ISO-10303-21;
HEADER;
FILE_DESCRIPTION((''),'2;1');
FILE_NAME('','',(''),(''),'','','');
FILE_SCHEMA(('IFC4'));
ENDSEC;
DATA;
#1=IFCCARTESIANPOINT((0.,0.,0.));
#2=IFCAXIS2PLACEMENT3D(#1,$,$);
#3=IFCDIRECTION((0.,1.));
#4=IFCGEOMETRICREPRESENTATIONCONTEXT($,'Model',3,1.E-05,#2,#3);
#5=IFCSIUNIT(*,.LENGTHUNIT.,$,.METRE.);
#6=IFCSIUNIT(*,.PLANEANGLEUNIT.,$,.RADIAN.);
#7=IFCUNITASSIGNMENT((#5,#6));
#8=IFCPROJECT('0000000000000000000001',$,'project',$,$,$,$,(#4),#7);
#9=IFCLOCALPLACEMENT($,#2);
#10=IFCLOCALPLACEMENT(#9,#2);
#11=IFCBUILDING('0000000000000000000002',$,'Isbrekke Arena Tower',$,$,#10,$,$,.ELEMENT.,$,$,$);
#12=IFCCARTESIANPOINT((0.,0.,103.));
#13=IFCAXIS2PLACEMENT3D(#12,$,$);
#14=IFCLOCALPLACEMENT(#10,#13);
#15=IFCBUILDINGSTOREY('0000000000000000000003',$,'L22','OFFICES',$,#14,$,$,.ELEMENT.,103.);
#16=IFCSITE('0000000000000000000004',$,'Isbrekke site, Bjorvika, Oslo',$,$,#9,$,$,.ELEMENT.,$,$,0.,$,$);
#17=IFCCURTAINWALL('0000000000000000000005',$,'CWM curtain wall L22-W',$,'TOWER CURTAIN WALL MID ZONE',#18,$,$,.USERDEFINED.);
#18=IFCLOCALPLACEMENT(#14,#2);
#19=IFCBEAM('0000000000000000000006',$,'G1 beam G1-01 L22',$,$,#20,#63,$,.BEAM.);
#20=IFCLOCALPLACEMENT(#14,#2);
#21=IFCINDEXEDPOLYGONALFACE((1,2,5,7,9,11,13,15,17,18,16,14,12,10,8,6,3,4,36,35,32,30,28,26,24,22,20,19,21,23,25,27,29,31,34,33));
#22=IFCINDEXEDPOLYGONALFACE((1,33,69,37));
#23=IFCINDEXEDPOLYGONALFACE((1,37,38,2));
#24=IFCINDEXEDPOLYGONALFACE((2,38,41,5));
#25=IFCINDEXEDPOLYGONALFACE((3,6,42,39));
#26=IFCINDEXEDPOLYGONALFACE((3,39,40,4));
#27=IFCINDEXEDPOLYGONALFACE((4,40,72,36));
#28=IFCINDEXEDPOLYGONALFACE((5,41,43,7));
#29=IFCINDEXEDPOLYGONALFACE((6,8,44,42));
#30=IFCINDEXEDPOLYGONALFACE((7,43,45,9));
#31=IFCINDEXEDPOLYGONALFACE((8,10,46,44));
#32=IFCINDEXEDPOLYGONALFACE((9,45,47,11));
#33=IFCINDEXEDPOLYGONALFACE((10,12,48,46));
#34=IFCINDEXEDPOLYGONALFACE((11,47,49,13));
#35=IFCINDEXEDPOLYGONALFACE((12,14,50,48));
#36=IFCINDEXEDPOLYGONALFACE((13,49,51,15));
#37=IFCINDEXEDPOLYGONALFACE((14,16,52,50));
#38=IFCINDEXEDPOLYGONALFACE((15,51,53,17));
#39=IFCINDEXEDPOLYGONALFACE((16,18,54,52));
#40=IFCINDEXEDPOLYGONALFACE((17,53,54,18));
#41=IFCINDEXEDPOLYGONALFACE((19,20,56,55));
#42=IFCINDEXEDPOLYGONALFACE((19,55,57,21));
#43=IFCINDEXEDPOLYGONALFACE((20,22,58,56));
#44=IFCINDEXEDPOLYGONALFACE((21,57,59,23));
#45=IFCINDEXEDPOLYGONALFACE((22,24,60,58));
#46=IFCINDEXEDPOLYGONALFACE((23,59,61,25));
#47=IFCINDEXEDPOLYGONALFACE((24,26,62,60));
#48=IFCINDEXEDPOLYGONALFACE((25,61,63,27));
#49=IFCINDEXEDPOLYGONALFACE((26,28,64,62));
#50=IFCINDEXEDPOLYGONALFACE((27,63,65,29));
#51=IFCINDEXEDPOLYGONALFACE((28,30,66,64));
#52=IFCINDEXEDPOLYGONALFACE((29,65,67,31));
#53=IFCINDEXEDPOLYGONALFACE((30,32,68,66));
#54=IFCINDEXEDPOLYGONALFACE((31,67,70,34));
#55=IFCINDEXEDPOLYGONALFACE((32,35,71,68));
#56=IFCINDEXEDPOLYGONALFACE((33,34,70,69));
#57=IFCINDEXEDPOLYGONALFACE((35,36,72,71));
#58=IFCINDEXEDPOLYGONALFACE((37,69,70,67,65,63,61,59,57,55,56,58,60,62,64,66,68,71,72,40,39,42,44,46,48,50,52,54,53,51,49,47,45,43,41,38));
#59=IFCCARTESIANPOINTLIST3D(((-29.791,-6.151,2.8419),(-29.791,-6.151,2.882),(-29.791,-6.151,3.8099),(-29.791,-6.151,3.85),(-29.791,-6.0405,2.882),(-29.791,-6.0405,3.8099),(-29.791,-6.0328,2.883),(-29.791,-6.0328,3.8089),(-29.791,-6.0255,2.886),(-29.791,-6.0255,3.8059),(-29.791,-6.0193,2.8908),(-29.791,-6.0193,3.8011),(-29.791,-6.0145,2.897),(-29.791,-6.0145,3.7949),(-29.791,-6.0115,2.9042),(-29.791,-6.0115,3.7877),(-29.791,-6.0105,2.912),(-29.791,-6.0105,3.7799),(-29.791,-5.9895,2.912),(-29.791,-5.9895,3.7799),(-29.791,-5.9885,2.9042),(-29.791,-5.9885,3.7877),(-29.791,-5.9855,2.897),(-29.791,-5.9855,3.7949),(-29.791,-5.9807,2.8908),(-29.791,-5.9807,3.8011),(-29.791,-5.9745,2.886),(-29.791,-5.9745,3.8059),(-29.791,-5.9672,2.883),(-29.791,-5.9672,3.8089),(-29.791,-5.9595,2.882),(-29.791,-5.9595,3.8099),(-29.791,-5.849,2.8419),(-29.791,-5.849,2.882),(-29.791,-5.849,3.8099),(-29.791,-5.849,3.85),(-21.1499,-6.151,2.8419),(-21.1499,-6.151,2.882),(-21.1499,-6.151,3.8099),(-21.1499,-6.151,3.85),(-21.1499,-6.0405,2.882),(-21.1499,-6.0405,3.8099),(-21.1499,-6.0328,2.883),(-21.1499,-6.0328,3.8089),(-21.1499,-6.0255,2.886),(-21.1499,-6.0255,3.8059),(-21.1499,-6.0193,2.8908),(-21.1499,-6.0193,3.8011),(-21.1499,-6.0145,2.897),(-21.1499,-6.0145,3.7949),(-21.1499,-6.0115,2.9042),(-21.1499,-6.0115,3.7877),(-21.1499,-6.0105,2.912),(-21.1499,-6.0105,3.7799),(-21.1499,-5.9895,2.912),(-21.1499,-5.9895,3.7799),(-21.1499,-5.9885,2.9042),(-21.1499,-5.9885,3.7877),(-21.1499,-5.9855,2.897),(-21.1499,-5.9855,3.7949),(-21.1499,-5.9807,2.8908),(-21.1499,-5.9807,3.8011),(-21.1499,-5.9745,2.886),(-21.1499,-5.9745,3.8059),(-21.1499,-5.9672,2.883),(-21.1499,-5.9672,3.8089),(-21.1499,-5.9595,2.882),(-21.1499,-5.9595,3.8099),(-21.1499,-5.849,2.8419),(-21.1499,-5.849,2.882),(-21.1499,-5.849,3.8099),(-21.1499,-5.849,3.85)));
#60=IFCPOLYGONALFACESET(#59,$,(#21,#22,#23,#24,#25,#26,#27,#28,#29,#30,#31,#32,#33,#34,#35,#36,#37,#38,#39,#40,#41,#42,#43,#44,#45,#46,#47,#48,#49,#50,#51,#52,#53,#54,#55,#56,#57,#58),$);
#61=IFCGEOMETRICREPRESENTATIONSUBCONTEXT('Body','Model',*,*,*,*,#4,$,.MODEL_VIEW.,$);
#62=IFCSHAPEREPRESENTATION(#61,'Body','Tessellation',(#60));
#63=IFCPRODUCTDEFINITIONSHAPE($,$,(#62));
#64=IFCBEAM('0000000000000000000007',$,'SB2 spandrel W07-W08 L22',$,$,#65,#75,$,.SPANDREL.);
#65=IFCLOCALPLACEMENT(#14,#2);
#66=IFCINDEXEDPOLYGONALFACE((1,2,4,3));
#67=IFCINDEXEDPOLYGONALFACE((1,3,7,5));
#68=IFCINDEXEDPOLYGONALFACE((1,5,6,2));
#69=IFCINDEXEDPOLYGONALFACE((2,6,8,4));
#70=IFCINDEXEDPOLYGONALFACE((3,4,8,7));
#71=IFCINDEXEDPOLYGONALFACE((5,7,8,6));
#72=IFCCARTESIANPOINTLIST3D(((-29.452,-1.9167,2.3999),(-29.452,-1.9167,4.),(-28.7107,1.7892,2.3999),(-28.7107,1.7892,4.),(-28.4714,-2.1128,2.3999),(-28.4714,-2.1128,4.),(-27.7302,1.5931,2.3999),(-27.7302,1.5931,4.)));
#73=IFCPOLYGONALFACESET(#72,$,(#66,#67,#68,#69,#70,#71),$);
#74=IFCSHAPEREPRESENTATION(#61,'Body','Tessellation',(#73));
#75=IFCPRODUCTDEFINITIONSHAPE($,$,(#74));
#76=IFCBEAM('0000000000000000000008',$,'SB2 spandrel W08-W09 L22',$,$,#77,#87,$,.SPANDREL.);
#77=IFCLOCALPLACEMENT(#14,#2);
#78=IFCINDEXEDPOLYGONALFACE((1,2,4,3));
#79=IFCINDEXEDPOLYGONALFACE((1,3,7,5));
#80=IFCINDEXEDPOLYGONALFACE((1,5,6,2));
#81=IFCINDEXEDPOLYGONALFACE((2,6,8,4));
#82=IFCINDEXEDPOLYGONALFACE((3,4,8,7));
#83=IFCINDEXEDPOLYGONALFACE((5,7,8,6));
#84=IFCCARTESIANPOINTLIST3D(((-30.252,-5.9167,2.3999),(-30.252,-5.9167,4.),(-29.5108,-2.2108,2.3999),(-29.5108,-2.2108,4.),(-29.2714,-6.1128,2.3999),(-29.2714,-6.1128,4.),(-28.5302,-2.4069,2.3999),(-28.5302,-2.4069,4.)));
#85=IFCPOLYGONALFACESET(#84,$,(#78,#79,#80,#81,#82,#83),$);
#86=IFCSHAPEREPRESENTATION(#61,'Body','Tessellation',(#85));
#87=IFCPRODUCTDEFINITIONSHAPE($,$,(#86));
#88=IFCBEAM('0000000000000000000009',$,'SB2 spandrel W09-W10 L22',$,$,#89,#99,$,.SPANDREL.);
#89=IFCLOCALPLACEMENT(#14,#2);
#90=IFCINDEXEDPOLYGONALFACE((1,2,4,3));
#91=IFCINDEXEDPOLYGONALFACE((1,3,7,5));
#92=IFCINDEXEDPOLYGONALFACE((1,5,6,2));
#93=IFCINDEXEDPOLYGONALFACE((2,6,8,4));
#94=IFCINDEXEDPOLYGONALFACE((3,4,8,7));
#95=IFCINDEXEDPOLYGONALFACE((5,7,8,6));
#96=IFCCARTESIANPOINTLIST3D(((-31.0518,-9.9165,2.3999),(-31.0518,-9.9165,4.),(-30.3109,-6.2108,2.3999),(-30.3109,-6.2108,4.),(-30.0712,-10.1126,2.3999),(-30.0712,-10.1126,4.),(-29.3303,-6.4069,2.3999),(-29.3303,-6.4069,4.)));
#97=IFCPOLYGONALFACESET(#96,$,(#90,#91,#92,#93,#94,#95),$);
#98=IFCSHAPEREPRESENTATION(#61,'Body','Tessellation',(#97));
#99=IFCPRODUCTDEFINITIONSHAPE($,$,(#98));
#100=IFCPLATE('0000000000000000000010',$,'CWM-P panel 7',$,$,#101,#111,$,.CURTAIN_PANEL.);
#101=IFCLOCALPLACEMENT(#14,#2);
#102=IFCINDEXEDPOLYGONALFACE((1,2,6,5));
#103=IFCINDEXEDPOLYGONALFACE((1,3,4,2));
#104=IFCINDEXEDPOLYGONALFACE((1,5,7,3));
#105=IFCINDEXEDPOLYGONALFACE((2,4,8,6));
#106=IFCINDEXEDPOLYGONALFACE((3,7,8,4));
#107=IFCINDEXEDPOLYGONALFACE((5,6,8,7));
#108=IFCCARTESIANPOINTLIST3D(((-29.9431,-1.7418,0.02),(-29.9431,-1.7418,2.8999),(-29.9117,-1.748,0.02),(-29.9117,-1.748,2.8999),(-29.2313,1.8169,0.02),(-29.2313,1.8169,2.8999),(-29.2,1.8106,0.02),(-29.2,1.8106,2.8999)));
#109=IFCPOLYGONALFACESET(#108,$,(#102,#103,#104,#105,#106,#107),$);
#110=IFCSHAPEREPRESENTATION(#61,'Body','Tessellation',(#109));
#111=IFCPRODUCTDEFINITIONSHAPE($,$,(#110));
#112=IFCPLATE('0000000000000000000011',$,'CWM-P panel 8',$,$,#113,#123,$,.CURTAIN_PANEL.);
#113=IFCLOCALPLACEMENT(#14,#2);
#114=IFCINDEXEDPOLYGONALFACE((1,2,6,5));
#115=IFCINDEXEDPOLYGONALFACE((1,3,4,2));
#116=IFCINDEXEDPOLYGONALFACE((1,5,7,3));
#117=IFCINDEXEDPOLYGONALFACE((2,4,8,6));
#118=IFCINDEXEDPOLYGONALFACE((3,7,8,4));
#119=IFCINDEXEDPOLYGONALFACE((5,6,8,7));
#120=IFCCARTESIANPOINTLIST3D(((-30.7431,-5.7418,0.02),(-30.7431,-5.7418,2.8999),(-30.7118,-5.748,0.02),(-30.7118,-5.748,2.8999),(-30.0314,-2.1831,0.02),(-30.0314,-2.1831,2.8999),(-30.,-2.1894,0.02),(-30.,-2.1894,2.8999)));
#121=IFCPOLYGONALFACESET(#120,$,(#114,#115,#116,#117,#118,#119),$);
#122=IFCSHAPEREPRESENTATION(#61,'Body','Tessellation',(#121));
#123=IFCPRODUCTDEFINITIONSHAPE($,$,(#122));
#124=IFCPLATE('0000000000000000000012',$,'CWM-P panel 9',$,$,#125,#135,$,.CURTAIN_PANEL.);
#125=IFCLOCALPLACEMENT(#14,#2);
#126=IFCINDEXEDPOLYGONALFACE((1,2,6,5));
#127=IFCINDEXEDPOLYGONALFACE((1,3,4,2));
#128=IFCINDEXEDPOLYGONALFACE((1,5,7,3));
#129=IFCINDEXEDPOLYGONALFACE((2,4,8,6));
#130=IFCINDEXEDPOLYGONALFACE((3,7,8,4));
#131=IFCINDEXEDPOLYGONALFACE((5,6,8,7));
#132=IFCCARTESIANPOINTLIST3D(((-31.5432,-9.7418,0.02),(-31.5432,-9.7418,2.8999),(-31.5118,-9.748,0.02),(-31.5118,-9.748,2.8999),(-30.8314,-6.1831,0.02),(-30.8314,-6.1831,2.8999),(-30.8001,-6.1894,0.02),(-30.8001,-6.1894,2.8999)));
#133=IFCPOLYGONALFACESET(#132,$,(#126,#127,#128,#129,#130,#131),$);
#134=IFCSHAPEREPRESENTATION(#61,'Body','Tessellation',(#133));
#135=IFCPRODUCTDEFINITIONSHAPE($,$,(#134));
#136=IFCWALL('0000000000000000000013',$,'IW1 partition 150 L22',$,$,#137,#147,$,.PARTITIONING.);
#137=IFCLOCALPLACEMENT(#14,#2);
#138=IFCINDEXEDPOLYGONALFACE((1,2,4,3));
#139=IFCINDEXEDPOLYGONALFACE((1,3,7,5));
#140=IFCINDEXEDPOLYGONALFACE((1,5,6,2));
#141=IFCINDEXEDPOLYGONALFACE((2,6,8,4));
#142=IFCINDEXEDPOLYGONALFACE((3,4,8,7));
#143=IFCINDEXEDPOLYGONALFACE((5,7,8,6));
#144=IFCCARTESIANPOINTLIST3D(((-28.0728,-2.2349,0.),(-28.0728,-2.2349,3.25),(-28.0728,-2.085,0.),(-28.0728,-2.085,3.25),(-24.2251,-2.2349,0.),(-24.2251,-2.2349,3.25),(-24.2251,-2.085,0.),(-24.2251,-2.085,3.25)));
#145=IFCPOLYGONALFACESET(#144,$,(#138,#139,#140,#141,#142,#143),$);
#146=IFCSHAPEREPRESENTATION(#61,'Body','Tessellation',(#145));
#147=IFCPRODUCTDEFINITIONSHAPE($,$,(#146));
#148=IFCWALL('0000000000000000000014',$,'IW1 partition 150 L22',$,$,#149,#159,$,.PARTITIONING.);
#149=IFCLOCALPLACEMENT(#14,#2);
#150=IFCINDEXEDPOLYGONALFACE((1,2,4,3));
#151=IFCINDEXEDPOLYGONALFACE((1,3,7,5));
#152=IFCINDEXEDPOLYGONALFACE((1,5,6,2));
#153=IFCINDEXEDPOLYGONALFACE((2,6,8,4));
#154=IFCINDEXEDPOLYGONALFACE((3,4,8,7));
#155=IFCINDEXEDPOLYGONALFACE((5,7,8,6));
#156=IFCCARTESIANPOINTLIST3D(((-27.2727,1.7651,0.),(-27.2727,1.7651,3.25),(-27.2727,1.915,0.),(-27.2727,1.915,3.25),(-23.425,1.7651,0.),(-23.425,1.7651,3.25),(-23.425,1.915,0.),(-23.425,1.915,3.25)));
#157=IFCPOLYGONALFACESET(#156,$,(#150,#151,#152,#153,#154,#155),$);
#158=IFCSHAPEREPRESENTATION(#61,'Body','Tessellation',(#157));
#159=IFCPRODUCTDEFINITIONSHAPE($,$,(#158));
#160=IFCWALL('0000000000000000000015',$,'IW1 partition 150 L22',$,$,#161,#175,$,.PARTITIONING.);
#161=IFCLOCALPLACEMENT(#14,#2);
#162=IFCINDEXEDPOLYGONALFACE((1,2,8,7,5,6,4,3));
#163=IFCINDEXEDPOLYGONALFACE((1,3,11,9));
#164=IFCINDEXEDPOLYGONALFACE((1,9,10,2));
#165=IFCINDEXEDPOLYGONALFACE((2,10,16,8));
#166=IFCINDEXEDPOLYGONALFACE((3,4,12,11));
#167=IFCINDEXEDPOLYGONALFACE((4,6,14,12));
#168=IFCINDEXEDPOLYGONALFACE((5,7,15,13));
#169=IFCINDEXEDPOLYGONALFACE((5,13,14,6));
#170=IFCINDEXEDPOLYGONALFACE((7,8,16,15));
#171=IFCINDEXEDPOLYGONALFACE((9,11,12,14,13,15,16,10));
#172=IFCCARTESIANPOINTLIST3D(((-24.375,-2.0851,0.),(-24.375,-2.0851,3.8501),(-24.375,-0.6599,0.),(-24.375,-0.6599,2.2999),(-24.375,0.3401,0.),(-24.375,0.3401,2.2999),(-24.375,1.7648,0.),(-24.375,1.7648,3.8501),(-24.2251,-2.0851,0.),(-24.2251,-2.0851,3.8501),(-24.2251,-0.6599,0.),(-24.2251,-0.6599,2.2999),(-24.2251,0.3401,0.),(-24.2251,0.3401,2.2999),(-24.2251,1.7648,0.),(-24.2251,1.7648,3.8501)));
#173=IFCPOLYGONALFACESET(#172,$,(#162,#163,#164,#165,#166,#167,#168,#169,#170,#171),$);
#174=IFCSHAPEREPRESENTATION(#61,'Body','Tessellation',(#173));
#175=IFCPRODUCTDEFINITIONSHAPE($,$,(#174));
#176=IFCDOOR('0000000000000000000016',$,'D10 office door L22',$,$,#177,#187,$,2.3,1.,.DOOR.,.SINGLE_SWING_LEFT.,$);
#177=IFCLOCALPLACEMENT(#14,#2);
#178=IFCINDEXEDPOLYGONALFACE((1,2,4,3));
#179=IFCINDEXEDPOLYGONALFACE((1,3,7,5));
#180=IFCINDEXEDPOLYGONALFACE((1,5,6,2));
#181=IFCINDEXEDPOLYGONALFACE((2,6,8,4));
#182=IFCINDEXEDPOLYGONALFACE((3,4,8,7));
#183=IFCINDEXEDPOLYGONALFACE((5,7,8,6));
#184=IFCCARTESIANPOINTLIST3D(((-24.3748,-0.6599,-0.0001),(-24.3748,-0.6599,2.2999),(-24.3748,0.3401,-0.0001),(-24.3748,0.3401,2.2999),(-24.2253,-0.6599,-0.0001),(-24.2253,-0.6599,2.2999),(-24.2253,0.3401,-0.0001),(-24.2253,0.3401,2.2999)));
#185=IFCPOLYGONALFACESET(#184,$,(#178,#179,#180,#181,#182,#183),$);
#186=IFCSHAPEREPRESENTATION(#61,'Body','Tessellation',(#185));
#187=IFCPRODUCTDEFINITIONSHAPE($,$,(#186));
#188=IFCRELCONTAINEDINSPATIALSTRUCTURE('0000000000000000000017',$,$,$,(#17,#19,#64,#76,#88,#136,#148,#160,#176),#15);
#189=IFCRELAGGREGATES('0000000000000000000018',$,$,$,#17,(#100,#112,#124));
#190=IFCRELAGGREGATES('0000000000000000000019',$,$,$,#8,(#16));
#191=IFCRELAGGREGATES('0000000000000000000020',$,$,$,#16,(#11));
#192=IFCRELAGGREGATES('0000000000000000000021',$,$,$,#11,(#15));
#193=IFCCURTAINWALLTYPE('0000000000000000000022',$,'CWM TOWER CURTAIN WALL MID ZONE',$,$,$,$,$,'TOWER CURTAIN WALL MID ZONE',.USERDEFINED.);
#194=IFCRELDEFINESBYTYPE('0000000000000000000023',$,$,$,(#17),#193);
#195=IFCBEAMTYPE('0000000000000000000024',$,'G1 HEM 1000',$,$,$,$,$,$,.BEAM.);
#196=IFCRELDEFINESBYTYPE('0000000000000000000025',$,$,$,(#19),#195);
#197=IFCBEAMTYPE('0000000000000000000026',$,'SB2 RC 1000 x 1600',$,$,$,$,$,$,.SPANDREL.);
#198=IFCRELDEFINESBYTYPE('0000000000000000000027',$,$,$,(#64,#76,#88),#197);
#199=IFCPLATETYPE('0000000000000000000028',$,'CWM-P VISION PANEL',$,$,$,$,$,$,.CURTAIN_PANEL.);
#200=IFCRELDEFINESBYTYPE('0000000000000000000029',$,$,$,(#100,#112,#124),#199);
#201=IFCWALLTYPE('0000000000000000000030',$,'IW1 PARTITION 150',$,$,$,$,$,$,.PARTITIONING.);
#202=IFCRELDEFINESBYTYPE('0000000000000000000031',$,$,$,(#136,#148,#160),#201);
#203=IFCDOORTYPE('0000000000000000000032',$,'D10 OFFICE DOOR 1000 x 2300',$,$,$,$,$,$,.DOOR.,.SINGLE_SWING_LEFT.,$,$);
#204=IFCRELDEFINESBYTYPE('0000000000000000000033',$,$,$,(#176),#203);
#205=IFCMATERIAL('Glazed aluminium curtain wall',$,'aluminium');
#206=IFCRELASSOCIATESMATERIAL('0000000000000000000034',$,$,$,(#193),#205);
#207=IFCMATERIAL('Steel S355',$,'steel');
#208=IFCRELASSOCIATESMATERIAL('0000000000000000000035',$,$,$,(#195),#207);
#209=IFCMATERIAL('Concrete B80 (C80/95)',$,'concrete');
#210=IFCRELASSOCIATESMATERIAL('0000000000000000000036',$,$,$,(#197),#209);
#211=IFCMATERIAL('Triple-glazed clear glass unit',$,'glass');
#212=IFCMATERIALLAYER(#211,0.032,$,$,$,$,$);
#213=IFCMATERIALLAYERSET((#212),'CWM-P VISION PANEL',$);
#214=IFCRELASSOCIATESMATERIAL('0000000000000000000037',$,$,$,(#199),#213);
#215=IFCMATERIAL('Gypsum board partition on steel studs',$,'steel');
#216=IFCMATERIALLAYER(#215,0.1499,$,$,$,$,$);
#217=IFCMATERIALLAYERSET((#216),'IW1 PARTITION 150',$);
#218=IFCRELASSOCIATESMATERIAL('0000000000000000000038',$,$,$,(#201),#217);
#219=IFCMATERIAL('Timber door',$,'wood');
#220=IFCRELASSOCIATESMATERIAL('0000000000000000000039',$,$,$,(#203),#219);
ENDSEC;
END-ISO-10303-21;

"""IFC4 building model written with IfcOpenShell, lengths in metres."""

from ifc_helpers import new_model, si_unit, direction, frame, frame_2d, origin, origin_2d, place, context, subcontext, project, spatial, rectangle, i_section, extrude, material, layer, layer_set, material_profile, profile_set, type_object, element, fill, aggregate, save


model = new_model("IFC4")

# Units and contexts
model_context = context("Model", 3, precision=1e-05, world=origin(), true_north=direction((0.0, 1.0)))
body_context = subcontext(model_context, "Body", "Model", "MODEL_VIEW")
ifc_project = project(units=[si_unit("LENGTHUNIT", "METRE"), si_unit("PLANEANGLEUNIT", "RADIAN")], contexts=[model_context])

# Site, building, storey
site_placement = place(None, origin())
site = spatial("IfcSite", under=ifc_project, at=site_placement, Name="Isbrekke site, Bjorvika, Oslo", CompositionType="ELEMENT", RefElevation=0.0)
building_placement = place(site_placement, origin())
building = spatial("IfcBuilding", under=site, at=building_placement, Name="Isbrekke Arena Tower", CompositionType="ELEMENT")
storey_placement = place(building_placement, frame((0.0, 0.0, 103.0)))
storey = spatial("IfcBuildingStorey", under=building, at=storey_placement, Name="L22", Description="OFFICES", CompositionType="ELEMENT", Elevation=103.0)

# Curtain wall
ifc_material_1 = material(Name="Glazed aluminium curtain wall", Category="aluminium")
curtain_wall_type = type_object("IfcCurtainWallType", Name="CWM TOWER CURTAIN WALL MID ZONE", ElementType="TOWER CURTAIN WALL MID ZONE", PredefinedType="USERDEFINED", material=ifc_material_1)
curtain_wall_placement = place(storey_placement, origin())
curtain_wall = element("IfcCurtainWall", 1, at=curtain_wall_placement, inside=storey, type_object=curtain_wall_type, Name="CWM curtain wall L22-W", ObjectType="TOWER CURTAIN WALL MID ZONE", PredefinedType="USERDEFINED")

# Beams
ifc_material_2 = material(Name="Steel S355", Category="steel")
ifc_material_profile_1 = material_profile(ifc_material_2, i_section(OverallWidth=0.302, OverallDepth=1.0081, WebThickness=0.021, FlangeThickness=0.04, FilletRadius=0.03, at=origin_2d()), Name="HEM 1000")
ifc_profile_set_1 = profile_set([ifc_material_profile_1], Name="Steel S355")
beam_type_1 = type_object("IfcBeamType", Name="G1 HEM 1000", PredefinedType="BEAM", material=ifc_profile_set_1)
beam_1_placement = place(storey_placement, frame((-29.791, -6.0, 3.3459), z_axis=(1.0, 0.0, 0.0), x_axis=(0.0, 1.0, 0.0)))
element("IfcBeam", 2, at=beam_1_placement, inside=storey, type_object=beam_type_1, Name="G1 beam G1-01 L22", PredefinedType="BEAM", context=body_context, shape_type="SweptSolid", body=[
    extrude(i_section(OverallWidth=0.302, OverallDepth=1.0081, WebThickness=0.021, FlangeThickness=0.04, FilletRadius=0.03, at=origin_2d()), origin(), (0.0, 0.0, 1.0), 8.6411),
])
ifc_material_3 = material(Name="Concrete B80 (C80/95)", Category="concrete")
ifc_material_profile_2 = material_profile(ifc_material_3, rectangle(XDim=1.0, YDim=1.6001, at=origin_2d()), Name="RC 1000x1600")
ifc_profile_set_2 = profile_set([ifc_material_profile_2], Name="Concrete B80 (C80/95)")
beam_type_2 = type_object("IfcBeamType", Name="SB2 RC 1000 x 1600", PredefinedType="SPANDREL", material=ifc_profile_set_2)
for number, where, z_axis, x_axis, name in (
    (3, (-28.2205, 1.6912, 3.2), (-0.196129, -0.980578, 0.0), (0.980578, -0.196129, 0.0), "SB2 spandrel W07-W08 L22"),
    (4, (-29.0205, -2.3088, 3.2), (-0.196129, -0.980578, 0.0), (0.980578, -0.196129, 0.0), "SB2 spandrel W08-W09 L22"),
):
    element("IfcBeam", number, at=place(storey_placement, frame(where, z_axis=z_axis, x_axis=x_axis)), inside=storey, type_object=beam_type_2, Name=name, PredefinedType="SPANDREL", context=body_context, shape_type="SweptSolid", body=[
        extrude(rectangle(XDim=1.0, YDim=1.6001, at=origin_2d()), origin(), (0.0, 0.0, 1.0), 3.7793),
    ])
beam_2_placement = place(storey_placement, frame((-29.8206, -6.3088, 3.2), z_axis=(-0.196066, -0.980591, 0.0), x_axis=(0.980591, -0.196066, 0.0)))
element("IfcBeam", 5, at=beam_2_placement, inside=storey, type_object=beam_type_2, Name="SB2 spandrel W09-W10 L22", PredefinedType="SPANDREL", context=body_context, shape_type="SweptSolid", body=[
    extrude(rectangle(XDim=1.0, YDim=1.6001, at=origin_2d()), origin(), (0.0, 0.0, 1.0), 3.7791),
])

# Plates
ifc_material_4 = material(Name="Triple-glazed clear glass unit", Category="glass")
ifc_layer_1 = layer(ifc_material_4, 0.032)
ifc_layer_set_1 = layer_set([ifc_layer_1], Name="CWM-P VISION PANEL")
plate_type = type_object("IfcPlateType", Name="CWM-P VISION PANEL", PredefinedType="CURTAIN_PANEL", material=ifc_layer_set_1)
plate_1_placement = place(storey_placement, frame((-29.5715, 0.0344, 0.02), z_axis=(0.0, 0.0, 1.0), x_axis=(-0.196116, -0.980581, 0.0)))
plate_1 = element("IfcPlate", 6, at=plate_1_placement, type_object=plate_type, Name="CWM-P panel 7", PredefinedType="CURTAIN_PANEL", context=body_context, shape_type="SweptSolid", body=[
    extrude(rectangle(XDim=3.6292, YDim=0.032, at=origin_2d()), origin(), (0.0, 0.0, 1.0), 2.8799),
])
plate_2_placement = place(storey_placement, frame((-30.3716, -3.9656, 0.02), z_axis=(0.0, 0.0, 1.0), x_axis=(-0.196116, -0.980581, 0.0)))
plate_2 = element("IfcPlate", 7, at=plate_2_placement, type_object=plate_type, Name="CWM-P panel 8", PredefinedType="CURTAIN_PANEL", context=body_context, shape_type="SweptSolid", body=[
    extrude(rectangle(XDim=3.6292, YDim=0.032, at=origin_2d()), origin(), (0.0, 0.0, 1.0), 2.8799),
])
plate_3_placement = place(storey_placement, frame((-31.1716, -7.9656, 0.02), z_axis=(0.0, 0.0, 1.0), x_axis=(-0.196116, -0.980581, 0.0)))
plate_3 = element("IfcPlate", 8, at=plate_3_placement, type_object=plate_type, Name="CWM-P panel 9", PredefinedType="CURTAIN_PANEL", context=body_context, shape_type="SweptSolid", body=[
    extrude(rectangle(XDim=3.6292, YDim=0.032, at=origin_2d()), origin(), (0.0, 0.0, 1.0), 2.8799),
])
aggregate(curtain_wall, [plate_1, plate_2, plate_3])

# Walls
ifc_material_5 = material(Name="Gypsum board partition on steel studs", Category="steel")
ifc_layer_2 = layer(ifc_material_5, 0.1499)
ifc_layer_set_2 = layer_set([ifc_layer_2], Name="IW1 PARTITION 150")
wall_type = type_object("IfcWallType", Name="IW1 PARTITION 150", PredefinedType="PARTITIONING", material=ifc_layer_set_2)
for number, where, z_axis, x_axis, name in (
    (9, (-28.0728, -2.1599, 0.0), (0.0, 0.0, 1.0), (1.0, 0.0, 0.0), "IW1 partition 150 L22"),
    (10, (-27.2727, 1.8401, 0.0), (0.0, 0.0, 1.0), (1.0, 0.0, 0.0), "IW1 partition 150 L22"),
):
    element("IfcWall", number, at=place(storey_placement, frame(where, z_axis=z_axis, x_axis=x_axis)), inside=storey, type_object=wall_type, Name=name, PredefinedType="PARTITIONING", context=body_context, shape_type="SweptSolid", body=[
        extrude(rectangle(XDim=3.8477, YDim=0.1499, at=frame_2d((1.9238, 0.0))), origin(), (0.0, 0.0, 1.0), 3.25),
    ])

# Wall, opening, door
wall_1_placement = place(storey_placement, frame((-24.3, -2.085, 0.0), z_axis=(0.0, 0.0, 1.0), x_axis=(0.0, 1.0, 0.0)))
wall_1 = element("IfcWall", 11, at=wall_1_placement, inside=storey, type_object=wall_type, Name="IW1 partition 150 L22", PredefinedType="PARTITIONING", context=body_context, shape_type="SweptSolid", body=[
    extrude(rectangle(XDim=3.8499, YDim=0.1499, at=frame_2d((1.9248, 0.0))), origin(), (0.0, 0.0, 1.0), 3.8501),
])
opening_1_placement = place(wall_1_placement, frame((1.425, 0.0, 0.0)))
opening_1 = element("IfcOpeningElement", 12, at=opening_1_placement, cuts=wall_1, PredefinedType="OPENING", context=body_context, shape_type="SweptSolid", body=[
    extrude(rectangle(XDim=1.0, YDim=2.3, at=frame_2d((0.5, 1.1499))), frame((0.0, 0.0898, 0.0), z_axis=(0.0, -1.0, 0.0), x_axis=(1.0, 0.0, 0.0)), (0.0, 0.0, 1.0), 0.1797),
])
ifc_material_6 = material(Name="Timber door", Category="wood")
door_type = type_object("IfcDoorType", Name="D10 OFFICE DOOR 1000 x 2300", OperationType="SINGLE_SWING_LEFT", PredefinedType="DOOR", material=ifc_material_6)
door_1_placement = place(opening_1_placement, origin())
door_1 = element("IfcDoor", 13, at=door_1_placement, inside=storey, type_object=door_type, Name="D10 office door L22", OperationType="SINGLE_SWING_LEFT", OverallHeight=2.3, OverallWidth=1.0, PredefinedType="DOOR", context=body_context, shape_type="SweptSolid", body=[
    extrude(rectangle(XDim=1.0, YDim=2.3, at=frame_2d((0.5, 1.1499))), frame((0.0, 0.0747, 0.0), z_axis=(0.0, -1.0, 0.0), x_axis=(1.0, 0.0, 0.0)), (0.0, 0.0, 1.0), 0.1494),
])
fill(opening_1, door_1)

save(model, "model.ifc")
